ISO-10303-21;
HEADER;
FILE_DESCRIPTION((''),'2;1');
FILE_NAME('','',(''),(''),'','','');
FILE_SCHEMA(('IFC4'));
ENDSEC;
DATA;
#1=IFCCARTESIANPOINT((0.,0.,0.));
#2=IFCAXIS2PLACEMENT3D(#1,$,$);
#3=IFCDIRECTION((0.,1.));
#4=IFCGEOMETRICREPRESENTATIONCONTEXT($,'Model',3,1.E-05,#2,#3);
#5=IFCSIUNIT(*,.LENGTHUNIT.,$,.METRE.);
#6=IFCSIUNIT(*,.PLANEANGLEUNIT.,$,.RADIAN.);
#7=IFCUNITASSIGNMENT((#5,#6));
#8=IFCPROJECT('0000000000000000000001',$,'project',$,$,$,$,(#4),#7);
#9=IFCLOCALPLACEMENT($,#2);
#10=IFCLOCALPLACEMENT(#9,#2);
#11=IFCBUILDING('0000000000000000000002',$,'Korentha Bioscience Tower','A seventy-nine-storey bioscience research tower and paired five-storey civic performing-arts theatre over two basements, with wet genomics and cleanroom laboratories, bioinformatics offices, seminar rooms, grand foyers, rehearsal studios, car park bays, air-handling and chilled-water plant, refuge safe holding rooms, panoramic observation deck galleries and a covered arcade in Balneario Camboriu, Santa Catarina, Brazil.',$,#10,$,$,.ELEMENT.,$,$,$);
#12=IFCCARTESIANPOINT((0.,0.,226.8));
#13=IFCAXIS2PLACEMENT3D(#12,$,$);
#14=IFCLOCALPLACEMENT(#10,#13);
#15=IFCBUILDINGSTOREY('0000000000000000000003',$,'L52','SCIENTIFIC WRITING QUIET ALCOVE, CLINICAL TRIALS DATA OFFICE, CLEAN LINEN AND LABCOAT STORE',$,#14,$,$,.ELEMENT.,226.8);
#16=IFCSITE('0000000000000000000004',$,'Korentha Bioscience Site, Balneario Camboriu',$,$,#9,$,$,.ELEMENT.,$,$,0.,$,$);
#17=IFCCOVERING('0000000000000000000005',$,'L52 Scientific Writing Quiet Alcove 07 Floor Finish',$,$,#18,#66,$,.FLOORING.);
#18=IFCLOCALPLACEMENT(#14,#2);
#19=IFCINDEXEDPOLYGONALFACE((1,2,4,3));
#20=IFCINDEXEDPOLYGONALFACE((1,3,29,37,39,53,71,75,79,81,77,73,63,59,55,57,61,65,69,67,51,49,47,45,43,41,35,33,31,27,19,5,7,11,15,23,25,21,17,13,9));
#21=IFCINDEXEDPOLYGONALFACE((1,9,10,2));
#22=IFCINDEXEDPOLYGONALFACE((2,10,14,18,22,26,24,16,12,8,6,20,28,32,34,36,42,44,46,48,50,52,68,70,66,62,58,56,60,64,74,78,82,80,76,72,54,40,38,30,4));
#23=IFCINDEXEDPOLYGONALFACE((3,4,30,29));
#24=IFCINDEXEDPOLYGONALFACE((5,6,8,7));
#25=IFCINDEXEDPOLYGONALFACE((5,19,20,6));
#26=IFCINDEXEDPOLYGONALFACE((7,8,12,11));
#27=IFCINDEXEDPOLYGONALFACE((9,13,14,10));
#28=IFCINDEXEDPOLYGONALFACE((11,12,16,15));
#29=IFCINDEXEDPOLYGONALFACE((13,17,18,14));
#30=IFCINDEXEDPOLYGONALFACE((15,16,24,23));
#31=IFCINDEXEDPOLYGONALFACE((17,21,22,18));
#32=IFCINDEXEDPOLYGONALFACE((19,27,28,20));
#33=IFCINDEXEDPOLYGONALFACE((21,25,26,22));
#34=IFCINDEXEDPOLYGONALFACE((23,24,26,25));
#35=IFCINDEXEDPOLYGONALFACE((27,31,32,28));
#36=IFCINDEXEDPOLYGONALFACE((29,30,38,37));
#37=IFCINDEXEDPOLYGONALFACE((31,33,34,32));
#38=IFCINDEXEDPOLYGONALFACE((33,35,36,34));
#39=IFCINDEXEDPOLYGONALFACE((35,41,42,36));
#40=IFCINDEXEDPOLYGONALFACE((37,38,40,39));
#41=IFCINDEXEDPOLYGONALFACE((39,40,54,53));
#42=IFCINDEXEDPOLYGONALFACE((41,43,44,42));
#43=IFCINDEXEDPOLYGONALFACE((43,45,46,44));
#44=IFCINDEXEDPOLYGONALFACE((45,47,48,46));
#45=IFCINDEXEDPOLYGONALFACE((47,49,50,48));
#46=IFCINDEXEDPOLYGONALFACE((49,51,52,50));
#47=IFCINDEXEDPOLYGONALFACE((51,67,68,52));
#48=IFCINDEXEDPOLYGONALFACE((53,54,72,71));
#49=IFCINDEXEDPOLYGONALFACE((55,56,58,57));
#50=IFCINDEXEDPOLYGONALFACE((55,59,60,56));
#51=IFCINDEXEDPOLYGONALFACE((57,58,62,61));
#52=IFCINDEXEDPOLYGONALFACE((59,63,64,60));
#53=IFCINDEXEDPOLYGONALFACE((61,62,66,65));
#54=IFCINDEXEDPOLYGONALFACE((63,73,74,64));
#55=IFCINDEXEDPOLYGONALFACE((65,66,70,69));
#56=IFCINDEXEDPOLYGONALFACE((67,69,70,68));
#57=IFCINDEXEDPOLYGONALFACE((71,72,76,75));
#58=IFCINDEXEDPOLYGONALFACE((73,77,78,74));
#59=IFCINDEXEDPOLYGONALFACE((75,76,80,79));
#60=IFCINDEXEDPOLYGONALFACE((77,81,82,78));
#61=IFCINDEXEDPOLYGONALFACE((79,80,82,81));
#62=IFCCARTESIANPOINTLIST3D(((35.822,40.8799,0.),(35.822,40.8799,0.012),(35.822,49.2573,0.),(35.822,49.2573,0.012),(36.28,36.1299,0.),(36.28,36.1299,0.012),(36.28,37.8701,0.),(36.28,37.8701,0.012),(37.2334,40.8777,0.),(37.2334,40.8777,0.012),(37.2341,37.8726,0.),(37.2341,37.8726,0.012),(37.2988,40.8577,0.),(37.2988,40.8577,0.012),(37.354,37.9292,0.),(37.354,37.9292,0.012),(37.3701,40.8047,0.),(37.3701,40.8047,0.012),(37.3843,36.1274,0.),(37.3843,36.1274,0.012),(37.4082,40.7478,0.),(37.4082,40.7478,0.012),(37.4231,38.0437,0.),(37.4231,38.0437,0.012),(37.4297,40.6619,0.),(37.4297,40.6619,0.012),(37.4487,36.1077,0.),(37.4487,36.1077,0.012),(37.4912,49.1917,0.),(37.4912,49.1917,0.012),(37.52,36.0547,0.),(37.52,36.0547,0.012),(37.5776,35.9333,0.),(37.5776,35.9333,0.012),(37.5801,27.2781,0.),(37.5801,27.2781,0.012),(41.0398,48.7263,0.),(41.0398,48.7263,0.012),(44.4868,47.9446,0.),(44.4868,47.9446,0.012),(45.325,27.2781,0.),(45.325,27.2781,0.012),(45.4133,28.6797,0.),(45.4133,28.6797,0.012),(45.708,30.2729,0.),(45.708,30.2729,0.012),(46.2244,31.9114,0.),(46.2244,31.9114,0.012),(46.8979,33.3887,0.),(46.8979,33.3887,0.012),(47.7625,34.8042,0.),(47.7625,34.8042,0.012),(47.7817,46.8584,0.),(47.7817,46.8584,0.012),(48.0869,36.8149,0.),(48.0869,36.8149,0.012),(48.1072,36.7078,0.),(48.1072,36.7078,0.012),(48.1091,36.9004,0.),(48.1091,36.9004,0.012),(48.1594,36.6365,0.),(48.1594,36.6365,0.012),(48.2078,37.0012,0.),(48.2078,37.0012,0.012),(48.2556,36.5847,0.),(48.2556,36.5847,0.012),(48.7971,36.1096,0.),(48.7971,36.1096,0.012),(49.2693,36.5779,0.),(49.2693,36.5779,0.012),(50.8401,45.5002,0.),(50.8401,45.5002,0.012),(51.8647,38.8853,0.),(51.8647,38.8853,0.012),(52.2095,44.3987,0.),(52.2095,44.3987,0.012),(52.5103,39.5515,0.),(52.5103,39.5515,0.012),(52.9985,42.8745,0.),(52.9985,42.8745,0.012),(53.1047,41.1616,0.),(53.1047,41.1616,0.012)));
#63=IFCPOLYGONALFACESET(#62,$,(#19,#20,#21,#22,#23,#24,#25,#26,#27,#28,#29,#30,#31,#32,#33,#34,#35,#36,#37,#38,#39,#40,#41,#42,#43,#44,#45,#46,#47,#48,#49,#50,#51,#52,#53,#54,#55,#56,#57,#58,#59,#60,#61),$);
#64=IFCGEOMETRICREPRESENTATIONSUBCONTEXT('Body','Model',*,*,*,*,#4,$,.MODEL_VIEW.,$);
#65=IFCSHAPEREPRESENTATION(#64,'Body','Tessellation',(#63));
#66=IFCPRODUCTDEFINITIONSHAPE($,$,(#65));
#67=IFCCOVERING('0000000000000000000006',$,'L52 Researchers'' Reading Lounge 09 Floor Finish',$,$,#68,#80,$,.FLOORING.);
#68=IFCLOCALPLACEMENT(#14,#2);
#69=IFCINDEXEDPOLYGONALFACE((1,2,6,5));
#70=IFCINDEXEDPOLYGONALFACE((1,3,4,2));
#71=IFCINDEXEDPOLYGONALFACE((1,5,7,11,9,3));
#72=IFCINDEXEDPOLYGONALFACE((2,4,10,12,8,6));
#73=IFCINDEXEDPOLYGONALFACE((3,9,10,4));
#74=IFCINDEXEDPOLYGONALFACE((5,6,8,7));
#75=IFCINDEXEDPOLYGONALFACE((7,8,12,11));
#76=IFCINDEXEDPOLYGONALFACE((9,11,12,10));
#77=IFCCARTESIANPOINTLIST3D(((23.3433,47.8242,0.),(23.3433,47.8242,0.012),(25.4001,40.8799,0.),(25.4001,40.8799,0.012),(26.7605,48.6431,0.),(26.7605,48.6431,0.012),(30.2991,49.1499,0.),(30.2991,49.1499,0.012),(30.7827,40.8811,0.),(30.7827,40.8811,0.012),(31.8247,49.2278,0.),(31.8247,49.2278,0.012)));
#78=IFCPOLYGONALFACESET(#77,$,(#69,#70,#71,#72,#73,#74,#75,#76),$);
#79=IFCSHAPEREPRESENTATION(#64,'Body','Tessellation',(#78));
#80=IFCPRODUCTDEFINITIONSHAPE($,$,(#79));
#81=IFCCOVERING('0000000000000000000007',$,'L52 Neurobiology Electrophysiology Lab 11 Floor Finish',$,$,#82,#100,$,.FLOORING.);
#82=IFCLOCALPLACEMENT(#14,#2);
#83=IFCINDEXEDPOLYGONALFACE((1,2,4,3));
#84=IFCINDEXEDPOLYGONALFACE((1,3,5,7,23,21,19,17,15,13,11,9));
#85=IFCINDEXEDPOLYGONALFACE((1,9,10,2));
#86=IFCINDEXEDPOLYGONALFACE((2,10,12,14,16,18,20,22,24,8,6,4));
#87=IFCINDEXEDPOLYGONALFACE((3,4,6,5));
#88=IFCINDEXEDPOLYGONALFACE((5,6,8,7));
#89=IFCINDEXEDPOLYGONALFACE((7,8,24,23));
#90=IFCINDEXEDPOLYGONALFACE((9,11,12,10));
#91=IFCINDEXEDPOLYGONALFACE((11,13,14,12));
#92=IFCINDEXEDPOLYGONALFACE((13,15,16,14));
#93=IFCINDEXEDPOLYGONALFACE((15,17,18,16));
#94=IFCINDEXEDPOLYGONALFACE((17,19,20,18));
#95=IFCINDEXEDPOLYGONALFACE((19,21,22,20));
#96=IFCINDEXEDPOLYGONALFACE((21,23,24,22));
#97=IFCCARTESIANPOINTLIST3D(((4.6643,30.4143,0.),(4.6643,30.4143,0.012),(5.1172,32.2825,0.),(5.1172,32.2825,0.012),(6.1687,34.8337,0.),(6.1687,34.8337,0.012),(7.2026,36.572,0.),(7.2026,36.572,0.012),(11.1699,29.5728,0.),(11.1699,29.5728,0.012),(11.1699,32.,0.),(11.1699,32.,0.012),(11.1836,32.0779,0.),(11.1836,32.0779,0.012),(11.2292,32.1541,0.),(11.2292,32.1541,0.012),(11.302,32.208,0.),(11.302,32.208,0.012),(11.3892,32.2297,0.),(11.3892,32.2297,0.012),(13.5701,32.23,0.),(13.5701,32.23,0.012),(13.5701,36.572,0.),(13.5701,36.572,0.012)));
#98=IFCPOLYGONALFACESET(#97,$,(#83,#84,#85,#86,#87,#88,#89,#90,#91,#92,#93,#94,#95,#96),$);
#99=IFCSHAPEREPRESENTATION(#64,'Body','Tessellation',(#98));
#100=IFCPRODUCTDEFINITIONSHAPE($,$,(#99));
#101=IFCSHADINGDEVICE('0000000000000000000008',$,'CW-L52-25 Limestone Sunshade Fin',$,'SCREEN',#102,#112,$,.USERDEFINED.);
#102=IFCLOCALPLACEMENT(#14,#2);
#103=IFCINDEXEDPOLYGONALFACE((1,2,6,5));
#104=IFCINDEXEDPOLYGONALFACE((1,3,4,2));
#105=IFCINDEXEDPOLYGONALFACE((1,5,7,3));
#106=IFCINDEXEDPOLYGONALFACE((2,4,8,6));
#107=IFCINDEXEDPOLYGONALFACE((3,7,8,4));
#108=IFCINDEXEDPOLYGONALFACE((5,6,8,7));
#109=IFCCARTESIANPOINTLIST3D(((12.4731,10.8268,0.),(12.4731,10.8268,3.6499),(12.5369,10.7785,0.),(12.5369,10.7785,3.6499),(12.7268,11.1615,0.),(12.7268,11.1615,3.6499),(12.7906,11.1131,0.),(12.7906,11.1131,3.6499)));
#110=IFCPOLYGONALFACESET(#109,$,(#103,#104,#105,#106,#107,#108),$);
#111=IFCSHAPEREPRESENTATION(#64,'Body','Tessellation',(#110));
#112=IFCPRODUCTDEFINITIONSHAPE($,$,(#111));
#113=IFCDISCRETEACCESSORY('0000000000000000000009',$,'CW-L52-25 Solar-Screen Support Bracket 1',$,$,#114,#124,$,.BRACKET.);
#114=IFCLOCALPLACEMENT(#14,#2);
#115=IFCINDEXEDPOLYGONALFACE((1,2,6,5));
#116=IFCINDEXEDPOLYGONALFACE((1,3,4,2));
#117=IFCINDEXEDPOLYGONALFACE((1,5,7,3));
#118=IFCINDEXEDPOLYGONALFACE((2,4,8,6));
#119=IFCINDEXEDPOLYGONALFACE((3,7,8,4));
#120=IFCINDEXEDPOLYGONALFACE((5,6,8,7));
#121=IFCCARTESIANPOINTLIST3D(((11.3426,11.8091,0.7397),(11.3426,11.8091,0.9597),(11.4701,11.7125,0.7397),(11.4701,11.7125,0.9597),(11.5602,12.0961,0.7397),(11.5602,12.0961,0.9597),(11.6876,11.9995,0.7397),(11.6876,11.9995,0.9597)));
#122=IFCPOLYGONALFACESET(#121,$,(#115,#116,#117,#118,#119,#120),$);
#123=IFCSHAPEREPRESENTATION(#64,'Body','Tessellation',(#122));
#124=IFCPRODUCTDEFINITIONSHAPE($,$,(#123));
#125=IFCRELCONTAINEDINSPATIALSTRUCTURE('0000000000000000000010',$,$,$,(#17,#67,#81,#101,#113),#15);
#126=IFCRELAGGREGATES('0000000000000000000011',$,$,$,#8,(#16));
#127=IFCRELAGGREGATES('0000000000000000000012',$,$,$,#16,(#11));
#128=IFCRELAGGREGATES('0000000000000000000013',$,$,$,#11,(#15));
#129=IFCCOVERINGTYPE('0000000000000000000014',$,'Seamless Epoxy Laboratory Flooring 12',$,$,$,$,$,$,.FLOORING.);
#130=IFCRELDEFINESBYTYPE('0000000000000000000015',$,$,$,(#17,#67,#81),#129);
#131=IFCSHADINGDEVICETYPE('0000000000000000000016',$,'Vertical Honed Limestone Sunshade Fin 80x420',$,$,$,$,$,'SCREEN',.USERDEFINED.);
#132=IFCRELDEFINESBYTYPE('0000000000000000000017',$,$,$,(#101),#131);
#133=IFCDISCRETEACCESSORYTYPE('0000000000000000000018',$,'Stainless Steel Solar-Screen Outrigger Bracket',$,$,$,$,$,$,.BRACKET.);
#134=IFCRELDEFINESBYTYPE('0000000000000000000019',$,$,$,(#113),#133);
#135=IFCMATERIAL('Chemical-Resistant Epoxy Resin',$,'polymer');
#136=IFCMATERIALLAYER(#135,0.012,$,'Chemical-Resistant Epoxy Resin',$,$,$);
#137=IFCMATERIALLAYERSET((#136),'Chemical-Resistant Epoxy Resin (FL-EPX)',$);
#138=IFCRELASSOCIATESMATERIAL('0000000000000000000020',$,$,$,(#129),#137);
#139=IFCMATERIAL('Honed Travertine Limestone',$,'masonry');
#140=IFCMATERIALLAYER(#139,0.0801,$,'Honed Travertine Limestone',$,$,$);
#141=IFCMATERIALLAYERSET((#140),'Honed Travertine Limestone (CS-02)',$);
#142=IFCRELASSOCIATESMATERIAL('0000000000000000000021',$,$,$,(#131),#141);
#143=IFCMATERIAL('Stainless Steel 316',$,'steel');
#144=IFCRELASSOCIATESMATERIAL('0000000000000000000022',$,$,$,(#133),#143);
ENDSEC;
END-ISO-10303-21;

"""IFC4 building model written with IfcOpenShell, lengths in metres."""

from ifc_helpers import new_model, si_unit, direction, frame, origin, origin_2d, place, context, subcontext, project, spatial, polyline, rectangle, outline, extrude, material, layer, layer_set, type_object, element, save


model = new_model("IFC4")

# Units and contexts
model_context = context("Model", 3, precision=1e-05, world=origin(), true_north=direction((0.0, 1.0)))
body_context = subcontext(model_context, "Body", "Model", "MODEL_VIEW")
ifc_project = project(units=[si_unit("LENGTHUNIT", "METRE"), si_unit("PLANEANGLEUNIT", "RADIAN")], contexts=[model_context])

# Site, building, storey
site_placement = place(None, origin())
site = spatial("IfcSite", under=ifc_project, at=site_placement, Name="Korentha Bioscience Site, Balneario Camboriu", CompositionType="ELEMENT", RefElevation=0.0)
building_placement = place(site_placement, origin())
building = spatial("IfcBuilding", under=site, at=building_placement, Name="Korentha Bioscience Tower", Description="A seventy-nine-storey bioscience research tower and paired five-storey civic performing-arts theatre over two basements, with wet genomics and cleanroom laboratories, bioinformatics offices, seminar rooms, grand foyers, rehearsal studios, car park bays, air-handling and chilled-water plant, refuge safe holding rooms, panoramic observation deck galleries and a covered arcade in Balneario Camboriu, Santa Catarina, Brazil.", CompositionType="ELEMENT")
storey_placement = place(building_placement, frame((0.0, 0.0, 226.8)))
storey = spatial("IfcBuildingStorey", under=building, at=storey_placement, Name="L52", Description="SCIENTIFIC WRITING QUIET ALCOVE, CLINICAL TRIALS DATA OFFICE, CLEAN LINEN AND LABCOAT STORE", CompositionType="ELEMENT", Elevation=226.8)

# Coverings
ifc_material_1 = material(Name="Chemical-Resistant Epoxy Resin", Category="polymer")
ifc_layer_1 = layer(ifc_material_1, 0.012, Name="Chemical-Resistant Epoxy Resin")
ifc_layer_set_1 = layer_set([ifc_layer_1], Name="Chemical-Resistant Epoxy Resin (FL-EPX)")
covering_type_1 = type_object("IfcCoveringType", Name="Seamless Epoxy Laboratory Flooring 12", PredefinedType="FLOORING", material=ifc_layer_set_1)
covering_1_placement = place(storey_placement, origin())
element("IfcCovering", 1, at=covering_1_placement, inside=storey, type_object=covering_type_1, Name="L52 Scientific Writing Quiet Alcove 07 Floor Finish", PredefinedType="FLOORING", context=body_context, shape_type="SweptSolid", body=[
    extrude(outline(polyline([(35.822, 49.2573), (37.4912, 49.1917), (41.0398, 48.7263), (44.4868, 47.9446), (47.7817, 46.8584), (50.8401, 45.5002), (52.2095, 44.3987), (52.9985, 42.8745), (53.1047, 41.1616), (52.5103, 39.5515), (51.8647, 38.8853), (48.2078, 37.0012), (48.1091, 36.9004), (48.0869, 36.8149), (48.1072, 36.7078), (48.1594, 36.6365), (48.2556, 36.5847), (49.2693, 36.5779), (48.7971, 36.1096), (47.7625, 34.8042), (46.8979, 33.3887), (46.2244, 31.9114), (45.708, 30.2729), (45.4133, 28.6797), (45.325, 27.2781), (37.5801, 27.2781), (37.5776, 35.9333), (37.52, 36.0547), (37.4487, 36.1077), (37.3843, 36.1274), (36.28, 36.1299), (36.28, 37.8701), (37.2341, 37.8726), (37.354, 37.9292), (37.4231, 38.0437), (37.4297, 40.6619), (37.4082, 40.7478), (37.3701, 40.8047), (37.2988, 40.8577), (37.2334, 40.8777), (35.822, 40.8799), (35.822, 49.2573)])), origin(), (0.0, 0.0, 1.0), 0.012),
])
covering_2_placement = place(storey_placement, origin())
element("IfcCovering", 2, at=covering_2_placement, inside=storey, type_object=covering_type_1, Name="L52 Researchers' Reading Lounge 09 Floor Finish", PredefinedType="FLOORING", context=body_context, shape_type="SweptSolid", body=[
    extrude(outline(polyline([(26.7605, 48.6431), (30.2991, 49.1499), (31.8247, 49.2278), (30.7827, 40.8811), (25.4001, 40.8799), (23.3433, 47.8242), (26.7605, 48.6431)])), origin(), (0.0, 0.0, 1.0), 0.012),
])
covering_3_placement = place(storey_placement, origin())
element("IfcCovering", 3, at=covering_3_placement, inside=storey, type_object=covering_type_1, Name="L52 Neurobiology Electrophysiology Lab 11 Floor Finish", PredefinedType="FLOORING", context=body_context, shape_type="SweptSolid", body=[
    extrude(outline(polyline([(7.2026, 36.572), (13.5701, 36.572), (13.5701, 32.23), (11.3892, 32.2297), (11.302, 32.208), (11.2292, 32.1541), (11.1836, 32.0779), (11.1699, 32.0), (11.1699, 29.5728), (4.6643, 30.4143), (5.1172, 32.2825), (6.1687, 34.8337), (7.2026, 36.572)])), origin(), (0.0, 0.0, 1.0), 0.012),
])

# Shading device
ifc_material_2 = material(Name="Honed Travertine Limestone", Category="masonry")
ifc_layer_2 = layer(ifc_material_2, 0.0801, Name="Honed Travertine Limestone")
ifc_layer_set_2 = layer_set([ifc_layer_2], Name="Honed Travertine Limestone (CS-02)")
shading_device_type_1 = type_object("IfcShadingDeviceType", Name="Vertical Honed Limestone Sunshade Fin 80x420", ElementType="SCREEN", PredefinedType="USERDEFINED", material=ifc_layer_set_2)
shading_device_1_placement = place(storey_placement, frame((12.6318, 10.97, 0.0), z_axis=(0.0, 0.0, 1.0), x_axis=(0.796889, -0.604126, 0.0)))
element("IfcShadingDevice", 4, at=shading_device_1_placement, inside=storey, type_object=shading_device_type_1, Name="CW-L52-25 Limestone Sunshade Fin", ObjectType="SCREEN", PredefinedType="USERDEFINED", context=body_context, shape_type="SweptSolid", body=[
    extrude(rectangle(XDim=0.0801, YDim=0.4199, at=origin_2d()), origin(), (0.0, 0.0, 1.0), 3.6499),
])

# Discrete accessory
ifc_material_3 = material(Name="Stainless Steel 316", Category="steel")
discrete_accessory_type = type_object("IfcDiscreteAccessoryType", Name="Stainless Steel Solar-Screen Outrigger Bracket", PredefinedType="BRACKET", material=ifc_material_3)
discrete_accessory_placement = place(storey_placement, frame((11.5151, 11.9043, 0.7397), z_axis=(0.0, 0.0, 1.0), x_axis=(0.796889, -0.604126, 0.0)))
element("IfcDiscreteAccessory", 5, at=discrete_accessory_placement, inside=storey, type_object=discrete_accessory_type, Name="CW-L52-25 Solar-Screen Support Bracket 1", PredefinedType="BRACKET", context=body_context, shape_type="SweptSolid", body=[
    extrude(rectangle(XDim=0.1599, YDim=0.3601, at=origin_2d()), origin(), (0.0, 0.0, 1.0), 0.22),
])

save(model, "model.ifc")
